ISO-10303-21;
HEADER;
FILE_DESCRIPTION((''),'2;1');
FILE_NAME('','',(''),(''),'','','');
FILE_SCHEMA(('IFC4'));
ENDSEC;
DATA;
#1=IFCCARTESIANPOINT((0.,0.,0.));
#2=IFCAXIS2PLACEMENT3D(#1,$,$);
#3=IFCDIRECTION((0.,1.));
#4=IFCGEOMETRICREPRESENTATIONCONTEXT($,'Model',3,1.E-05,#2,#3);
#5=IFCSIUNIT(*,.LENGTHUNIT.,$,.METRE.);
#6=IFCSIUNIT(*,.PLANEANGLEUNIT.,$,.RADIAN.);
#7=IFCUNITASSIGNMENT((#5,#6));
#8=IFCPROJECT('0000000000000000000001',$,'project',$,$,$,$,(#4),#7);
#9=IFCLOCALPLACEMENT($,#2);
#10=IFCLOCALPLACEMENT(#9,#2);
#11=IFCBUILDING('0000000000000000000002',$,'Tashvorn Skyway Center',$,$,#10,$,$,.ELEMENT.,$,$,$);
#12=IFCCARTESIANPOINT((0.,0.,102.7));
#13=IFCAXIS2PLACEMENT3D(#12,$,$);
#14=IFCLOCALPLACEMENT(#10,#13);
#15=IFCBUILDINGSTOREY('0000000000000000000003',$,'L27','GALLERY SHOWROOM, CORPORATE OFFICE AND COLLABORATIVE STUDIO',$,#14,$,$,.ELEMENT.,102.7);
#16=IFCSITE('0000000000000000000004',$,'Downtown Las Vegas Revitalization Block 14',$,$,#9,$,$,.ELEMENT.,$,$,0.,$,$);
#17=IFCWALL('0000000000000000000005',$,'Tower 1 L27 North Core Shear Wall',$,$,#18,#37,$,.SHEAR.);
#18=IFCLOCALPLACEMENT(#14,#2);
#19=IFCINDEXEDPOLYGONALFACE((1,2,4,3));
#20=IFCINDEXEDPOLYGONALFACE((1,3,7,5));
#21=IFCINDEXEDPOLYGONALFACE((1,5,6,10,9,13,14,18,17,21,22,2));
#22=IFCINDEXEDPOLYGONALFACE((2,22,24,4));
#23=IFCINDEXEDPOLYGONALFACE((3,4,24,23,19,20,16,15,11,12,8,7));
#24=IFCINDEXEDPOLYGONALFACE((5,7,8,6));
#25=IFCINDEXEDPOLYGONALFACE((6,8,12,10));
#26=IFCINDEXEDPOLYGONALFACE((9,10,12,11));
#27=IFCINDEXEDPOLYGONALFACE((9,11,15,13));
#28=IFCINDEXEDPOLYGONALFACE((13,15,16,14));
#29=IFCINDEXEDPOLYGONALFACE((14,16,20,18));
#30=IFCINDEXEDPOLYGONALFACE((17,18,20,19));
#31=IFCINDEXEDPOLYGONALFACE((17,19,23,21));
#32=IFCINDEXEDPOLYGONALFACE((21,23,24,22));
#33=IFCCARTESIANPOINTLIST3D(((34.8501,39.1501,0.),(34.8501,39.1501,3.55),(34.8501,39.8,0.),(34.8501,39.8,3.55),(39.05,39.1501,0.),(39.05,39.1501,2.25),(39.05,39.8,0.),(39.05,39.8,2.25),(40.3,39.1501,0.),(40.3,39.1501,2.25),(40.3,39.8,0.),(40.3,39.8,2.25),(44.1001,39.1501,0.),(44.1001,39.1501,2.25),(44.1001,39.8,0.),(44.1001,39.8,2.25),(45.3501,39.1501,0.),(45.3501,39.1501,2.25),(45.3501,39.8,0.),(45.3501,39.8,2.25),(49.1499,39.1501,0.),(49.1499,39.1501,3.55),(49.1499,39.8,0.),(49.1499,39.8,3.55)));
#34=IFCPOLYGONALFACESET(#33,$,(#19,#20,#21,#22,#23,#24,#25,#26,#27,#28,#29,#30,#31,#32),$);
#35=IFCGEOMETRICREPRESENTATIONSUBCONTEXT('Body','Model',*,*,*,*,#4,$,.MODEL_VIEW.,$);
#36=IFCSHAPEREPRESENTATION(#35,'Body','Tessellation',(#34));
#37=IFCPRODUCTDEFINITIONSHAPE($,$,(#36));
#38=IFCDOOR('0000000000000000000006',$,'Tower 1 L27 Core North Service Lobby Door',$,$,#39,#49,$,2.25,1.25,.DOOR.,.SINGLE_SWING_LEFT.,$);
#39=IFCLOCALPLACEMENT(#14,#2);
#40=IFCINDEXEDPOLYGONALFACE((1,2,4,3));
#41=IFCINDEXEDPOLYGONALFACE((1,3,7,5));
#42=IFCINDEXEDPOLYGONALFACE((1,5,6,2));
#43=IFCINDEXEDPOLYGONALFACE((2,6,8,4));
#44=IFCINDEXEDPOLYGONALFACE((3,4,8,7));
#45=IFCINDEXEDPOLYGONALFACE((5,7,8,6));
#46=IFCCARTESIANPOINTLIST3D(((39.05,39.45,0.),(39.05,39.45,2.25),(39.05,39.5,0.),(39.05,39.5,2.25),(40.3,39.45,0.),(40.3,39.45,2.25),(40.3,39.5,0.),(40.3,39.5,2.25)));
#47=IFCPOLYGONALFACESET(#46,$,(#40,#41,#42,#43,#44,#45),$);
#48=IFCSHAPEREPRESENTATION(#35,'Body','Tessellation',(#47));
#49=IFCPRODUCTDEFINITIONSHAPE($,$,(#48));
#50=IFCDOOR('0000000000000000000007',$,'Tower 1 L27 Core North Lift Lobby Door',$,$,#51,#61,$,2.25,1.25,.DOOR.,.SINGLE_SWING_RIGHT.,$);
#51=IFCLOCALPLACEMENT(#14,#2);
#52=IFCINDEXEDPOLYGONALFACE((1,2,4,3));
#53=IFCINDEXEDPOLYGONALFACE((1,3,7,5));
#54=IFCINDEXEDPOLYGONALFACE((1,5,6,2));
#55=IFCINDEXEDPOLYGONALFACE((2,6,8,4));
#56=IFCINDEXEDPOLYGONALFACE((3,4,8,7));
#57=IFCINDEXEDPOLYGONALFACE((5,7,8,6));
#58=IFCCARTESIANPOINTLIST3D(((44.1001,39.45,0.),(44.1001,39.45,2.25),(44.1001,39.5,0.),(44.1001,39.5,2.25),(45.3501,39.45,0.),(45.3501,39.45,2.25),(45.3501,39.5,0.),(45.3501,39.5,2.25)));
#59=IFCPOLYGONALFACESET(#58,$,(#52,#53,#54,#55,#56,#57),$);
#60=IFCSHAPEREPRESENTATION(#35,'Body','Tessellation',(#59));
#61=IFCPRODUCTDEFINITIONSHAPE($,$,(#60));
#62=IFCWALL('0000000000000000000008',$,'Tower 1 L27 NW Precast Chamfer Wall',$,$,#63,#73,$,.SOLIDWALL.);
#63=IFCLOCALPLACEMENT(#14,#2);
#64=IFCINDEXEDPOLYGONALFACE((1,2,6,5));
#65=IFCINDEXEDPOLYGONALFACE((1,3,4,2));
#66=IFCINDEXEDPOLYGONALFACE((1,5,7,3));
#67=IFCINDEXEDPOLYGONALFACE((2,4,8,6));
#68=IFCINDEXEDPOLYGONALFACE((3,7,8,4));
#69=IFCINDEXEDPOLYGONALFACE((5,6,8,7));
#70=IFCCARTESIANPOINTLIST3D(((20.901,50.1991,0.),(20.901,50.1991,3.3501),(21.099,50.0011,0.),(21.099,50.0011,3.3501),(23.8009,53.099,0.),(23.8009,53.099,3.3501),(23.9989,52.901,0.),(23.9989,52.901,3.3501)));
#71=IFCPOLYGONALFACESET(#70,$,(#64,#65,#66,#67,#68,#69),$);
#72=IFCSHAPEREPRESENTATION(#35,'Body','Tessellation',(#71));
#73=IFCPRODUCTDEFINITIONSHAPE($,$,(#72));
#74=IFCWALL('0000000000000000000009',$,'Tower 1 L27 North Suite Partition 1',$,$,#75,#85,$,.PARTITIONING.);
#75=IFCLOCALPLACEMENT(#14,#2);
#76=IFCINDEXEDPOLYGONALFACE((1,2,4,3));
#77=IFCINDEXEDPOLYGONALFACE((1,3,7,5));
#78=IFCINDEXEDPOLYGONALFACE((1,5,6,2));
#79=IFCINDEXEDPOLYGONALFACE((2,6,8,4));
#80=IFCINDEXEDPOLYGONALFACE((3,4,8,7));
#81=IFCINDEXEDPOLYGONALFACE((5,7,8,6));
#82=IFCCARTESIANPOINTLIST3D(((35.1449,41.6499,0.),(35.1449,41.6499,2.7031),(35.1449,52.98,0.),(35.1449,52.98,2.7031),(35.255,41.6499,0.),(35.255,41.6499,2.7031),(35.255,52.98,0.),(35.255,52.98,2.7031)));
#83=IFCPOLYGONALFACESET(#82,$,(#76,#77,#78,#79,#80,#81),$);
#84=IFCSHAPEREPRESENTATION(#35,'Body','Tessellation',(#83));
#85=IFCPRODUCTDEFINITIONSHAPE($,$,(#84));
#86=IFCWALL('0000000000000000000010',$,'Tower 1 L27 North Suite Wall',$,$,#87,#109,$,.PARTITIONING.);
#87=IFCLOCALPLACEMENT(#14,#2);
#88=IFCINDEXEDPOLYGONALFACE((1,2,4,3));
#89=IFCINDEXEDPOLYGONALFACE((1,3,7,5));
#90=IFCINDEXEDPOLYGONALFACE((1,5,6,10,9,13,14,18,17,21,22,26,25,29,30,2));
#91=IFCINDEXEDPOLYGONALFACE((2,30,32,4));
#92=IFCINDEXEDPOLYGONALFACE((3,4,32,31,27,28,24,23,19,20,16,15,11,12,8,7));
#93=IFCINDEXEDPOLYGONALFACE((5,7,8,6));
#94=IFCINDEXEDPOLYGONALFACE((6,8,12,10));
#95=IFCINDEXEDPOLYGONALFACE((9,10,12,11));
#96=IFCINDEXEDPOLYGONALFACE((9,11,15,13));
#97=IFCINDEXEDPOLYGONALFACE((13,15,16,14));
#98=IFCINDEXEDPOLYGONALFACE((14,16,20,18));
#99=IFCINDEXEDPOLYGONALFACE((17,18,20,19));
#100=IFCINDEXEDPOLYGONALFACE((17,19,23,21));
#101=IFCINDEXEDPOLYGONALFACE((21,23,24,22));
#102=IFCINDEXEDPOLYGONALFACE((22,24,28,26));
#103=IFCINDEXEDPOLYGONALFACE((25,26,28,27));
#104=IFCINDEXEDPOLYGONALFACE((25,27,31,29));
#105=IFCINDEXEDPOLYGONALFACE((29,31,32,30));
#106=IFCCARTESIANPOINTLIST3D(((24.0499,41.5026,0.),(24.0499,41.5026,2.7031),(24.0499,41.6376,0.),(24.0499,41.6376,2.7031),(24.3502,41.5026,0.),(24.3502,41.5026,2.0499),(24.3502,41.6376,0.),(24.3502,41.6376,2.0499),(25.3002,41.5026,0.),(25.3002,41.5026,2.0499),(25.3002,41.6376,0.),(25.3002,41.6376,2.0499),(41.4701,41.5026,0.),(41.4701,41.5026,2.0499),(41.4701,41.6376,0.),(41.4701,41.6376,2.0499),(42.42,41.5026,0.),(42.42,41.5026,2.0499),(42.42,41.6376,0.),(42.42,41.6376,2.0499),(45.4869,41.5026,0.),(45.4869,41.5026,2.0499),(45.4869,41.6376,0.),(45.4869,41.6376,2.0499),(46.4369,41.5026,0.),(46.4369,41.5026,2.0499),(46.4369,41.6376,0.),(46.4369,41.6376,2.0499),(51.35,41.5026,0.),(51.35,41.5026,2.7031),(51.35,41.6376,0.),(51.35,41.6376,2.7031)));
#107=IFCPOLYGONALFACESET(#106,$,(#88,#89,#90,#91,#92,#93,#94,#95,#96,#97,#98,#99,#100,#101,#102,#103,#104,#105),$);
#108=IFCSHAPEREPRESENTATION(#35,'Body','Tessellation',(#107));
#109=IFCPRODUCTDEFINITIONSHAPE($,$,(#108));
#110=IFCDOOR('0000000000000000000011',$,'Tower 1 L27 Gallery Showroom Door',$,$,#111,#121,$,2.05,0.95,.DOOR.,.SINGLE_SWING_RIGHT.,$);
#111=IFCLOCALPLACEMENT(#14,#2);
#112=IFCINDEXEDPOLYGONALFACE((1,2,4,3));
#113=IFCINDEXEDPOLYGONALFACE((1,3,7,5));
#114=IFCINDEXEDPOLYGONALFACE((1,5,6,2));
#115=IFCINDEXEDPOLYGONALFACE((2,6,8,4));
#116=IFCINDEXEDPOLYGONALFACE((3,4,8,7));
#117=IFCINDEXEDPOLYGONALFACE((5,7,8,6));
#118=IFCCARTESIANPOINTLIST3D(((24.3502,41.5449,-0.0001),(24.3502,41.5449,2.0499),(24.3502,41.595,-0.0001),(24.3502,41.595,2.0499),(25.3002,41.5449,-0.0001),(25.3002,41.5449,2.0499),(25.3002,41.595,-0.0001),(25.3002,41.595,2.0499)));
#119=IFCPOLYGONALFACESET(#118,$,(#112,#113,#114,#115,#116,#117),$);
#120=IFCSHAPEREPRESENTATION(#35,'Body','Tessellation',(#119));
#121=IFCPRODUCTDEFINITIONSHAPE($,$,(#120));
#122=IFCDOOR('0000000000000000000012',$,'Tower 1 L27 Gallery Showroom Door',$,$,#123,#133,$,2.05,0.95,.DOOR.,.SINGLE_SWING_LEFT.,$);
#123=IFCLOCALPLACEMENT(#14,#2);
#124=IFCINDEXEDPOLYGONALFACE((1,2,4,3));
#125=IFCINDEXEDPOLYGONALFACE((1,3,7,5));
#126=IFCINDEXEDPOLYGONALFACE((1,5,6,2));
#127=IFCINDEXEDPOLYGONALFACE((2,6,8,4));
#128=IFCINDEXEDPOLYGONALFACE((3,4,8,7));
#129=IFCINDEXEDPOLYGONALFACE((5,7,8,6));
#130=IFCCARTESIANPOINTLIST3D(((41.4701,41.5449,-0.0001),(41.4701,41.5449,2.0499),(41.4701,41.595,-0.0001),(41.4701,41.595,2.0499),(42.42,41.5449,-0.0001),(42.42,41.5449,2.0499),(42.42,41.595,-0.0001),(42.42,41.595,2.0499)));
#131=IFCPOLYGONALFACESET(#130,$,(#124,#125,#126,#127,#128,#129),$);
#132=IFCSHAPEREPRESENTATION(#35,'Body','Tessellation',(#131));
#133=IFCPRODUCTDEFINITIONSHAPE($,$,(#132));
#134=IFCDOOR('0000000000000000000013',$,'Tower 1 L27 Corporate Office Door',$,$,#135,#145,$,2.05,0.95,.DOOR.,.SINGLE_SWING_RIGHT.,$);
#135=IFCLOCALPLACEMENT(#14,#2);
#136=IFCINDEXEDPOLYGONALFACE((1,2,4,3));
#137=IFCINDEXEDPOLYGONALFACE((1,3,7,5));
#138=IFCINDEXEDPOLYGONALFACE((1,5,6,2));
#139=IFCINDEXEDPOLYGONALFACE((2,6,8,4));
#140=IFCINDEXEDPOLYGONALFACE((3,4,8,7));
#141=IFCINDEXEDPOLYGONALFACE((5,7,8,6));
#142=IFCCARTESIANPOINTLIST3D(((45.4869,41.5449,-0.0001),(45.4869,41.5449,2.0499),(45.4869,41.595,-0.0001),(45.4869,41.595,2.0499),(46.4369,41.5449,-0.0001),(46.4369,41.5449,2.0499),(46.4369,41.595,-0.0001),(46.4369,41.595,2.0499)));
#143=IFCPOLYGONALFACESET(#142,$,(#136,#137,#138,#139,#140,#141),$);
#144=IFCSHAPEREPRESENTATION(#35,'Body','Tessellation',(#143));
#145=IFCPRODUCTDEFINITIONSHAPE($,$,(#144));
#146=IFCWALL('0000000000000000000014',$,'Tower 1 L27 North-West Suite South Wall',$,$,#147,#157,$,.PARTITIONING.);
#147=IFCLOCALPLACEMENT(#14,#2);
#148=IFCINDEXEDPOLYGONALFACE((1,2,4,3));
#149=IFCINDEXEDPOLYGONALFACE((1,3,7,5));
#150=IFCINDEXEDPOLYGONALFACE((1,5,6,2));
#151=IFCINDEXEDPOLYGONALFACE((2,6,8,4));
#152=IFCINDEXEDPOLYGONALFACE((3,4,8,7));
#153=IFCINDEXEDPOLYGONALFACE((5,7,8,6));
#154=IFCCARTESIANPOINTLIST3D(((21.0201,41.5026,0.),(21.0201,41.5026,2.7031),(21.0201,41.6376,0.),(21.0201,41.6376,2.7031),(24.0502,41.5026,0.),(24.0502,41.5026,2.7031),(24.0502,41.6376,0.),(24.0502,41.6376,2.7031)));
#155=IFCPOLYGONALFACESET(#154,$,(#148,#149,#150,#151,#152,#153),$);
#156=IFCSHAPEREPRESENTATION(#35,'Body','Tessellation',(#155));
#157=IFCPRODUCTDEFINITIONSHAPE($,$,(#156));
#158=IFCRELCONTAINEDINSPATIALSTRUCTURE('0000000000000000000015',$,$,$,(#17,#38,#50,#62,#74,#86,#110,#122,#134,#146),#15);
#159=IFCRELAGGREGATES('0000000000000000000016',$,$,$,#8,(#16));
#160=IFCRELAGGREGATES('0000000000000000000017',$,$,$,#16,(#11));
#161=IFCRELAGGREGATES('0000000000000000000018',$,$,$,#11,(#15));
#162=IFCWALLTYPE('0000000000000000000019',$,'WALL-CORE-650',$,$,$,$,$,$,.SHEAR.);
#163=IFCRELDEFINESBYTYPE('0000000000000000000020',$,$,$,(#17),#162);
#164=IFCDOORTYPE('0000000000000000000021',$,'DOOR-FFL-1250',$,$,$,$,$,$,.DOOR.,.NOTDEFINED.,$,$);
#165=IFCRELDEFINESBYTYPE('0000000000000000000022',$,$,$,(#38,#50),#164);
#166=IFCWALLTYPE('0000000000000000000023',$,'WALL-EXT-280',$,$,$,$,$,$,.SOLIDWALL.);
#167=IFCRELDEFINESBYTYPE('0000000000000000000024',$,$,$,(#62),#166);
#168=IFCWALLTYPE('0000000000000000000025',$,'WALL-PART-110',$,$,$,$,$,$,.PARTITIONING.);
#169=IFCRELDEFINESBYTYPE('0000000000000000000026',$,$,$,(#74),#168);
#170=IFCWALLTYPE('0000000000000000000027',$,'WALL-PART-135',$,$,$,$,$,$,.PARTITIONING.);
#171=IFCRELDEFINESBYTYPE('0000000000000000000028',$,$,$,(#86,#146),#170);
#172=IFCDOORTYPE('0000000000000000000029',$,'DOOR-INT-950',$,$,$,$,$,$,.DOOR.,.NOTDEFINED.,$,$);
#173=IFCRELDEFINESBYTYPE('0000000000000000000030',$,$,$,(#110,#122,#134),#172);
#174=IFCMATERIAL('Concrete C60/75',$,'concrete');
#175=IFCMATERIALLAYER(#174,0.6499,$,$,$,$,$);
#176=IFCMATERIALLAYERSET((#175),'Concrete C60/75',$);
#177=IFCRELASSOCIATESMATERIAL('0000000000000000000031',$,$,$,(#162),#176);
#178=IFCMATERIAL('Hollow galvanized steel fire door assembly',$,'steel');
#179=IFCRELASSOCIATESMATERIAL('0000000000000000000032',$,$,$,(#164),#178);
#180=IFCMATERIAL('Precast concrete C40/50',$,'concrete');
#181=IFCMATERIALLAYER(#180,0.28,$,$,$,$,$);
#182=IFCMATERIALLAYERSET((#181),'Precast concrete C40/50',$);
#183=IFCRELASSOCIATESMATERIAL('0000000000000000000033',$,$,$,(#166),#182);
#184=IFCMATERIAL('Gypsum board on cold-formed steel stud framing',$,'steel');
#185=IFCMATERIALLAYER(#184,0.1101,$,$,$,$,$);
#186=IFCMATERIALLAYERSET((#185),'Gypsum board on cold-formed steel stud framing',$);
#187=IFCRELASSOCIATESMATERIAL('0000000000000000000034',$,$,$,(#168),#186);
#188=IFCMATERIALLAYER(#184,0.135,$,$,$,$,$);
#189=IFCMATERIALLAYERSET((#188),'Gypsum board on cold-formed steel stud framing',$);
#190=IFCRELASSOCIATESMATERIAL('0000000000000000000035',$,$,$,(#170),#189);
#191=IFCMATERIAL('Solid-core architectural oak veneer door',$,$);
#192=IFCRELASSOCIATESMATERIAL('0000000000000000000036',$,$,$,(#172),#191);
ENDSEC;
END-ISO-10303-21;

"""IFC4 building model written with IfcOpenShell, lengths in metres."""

from ifc_helpers import new_model, si_unit, direction, frame, frame_2d, origin, place, context, subcontext, project, spatial, rectangle, extrude, material, layer, layer_set, type_object, element, fill, save


model = new_model("IFC4")

# Units and contexts
model_context = context("Model", 3, precision=1e-05, world=origin(), true_north=direction((0.0, 1.0)))
body_context = subcontext(model_context, "Body", "Model", "MODEL_VIEW")
ifc_project = project(units=[si_unit("LENGTHUNIT", "METRE"), si_unit("PLANEANGLEUNIT", "RADIAN")], contexts=[model_context])

# Site, building, storey
site_placement = place(None, origin())
site = spatial("IfcSite", under=ifc_project, at=site_placement, Name="Downtown Las Vegas Revitalization Block 14", CompositionType="ELEMENT", RefElevation=0.0)
building_placement = place(site_placement, origin())
building = spatial("IfcBuilding", under=site, at=building_placement, Name="Tashvorn Skyway Center", CompositionType="ELEMENT")
storey_placement = place(building_placement, frame((0.0, 0.0, 102.7)))
storey = spatial("IfcBuildingStorey", under=building, at=storey_placement, Name="L27", Description="GALLERY SHOWROOM, CORPORATE OFFICE AND COLLABORATIVE STUDIO", CompositionType="ELEMENT", Elevation=102.7)

# Wall, openings, doors
ifc_material_1 = material(Name="Concrete C60/75", Category="concrete")
ifc_layer_1 = layer(ifc_material_1, 0.6499)
ifc_layer_set_1 = layer_set([ifc_layer_1], Name="Concrete C60/75")
wall_type_1 = type_object("IfcWallType", Name="WALL-CORE-650", PredefinedType="SHEAR", material=ifc_layer_set_1)
wall_1_placement = place(storey_placement, frame((34.8501, 39.4751, 0.0), z_axis=(0.0, 0.0, 1.0), x_axis=(1.0, 0.0, 0.0)))
wall_1 = element("IfcWall", 1, at=wall_1_placement, inside=storey, type_object=wall_type_1, Name="Tower 1 L27 North Core Shear Wall", PredefinedType="SHEAR", context=body_context, shape_type="SweptSolid", body=[
    extrude(rectangle(XDim=14.2998, YDim=0.6499, at=frame_2d((7.1499, 0.0))), origin(), (0.0, 0.0, 1.0), 3.55),
])
opening_1_placement = place(wall_1_placement, frame((4.2, 0.0, 0.0)))
opening_1 = element("IfcOpeningElement", 2, at=opening_1_placement, cuts=wall_1, PredefinedType="OPENING", context=body_context, shape_type="SweptSolid", body=[
    extrude(rectangle(XDim=1.25, YDim=2.25, at=frame_2d((0.625, 1.125))), frame((0.0, 0.335, 0.0), z_axis=(0.0, -1.0, 0.0), x_axis=(1.0, 0.0, 0.0)), (0.0, 0.0, 1.0), 0.6699),
])
opening_2_placement = place(wall_1_placement, frame((9.25, 0.0, 0.0)))
opening_2 = element("IfcOpeningElement", 3, at=opening_2_placement, cuts=wall_1, PredefinedType="OPENING", context=body_context, shape_type="SweptSolid", body=[
    extrude(rectangle(XDim=1.25, YDim=2.25, at=frame_2d((0.625, 1.125))), frame((0.0, 0.335, 0.0), z_axis=(0.0, -1.0, 0.0), x_axis=(1.0, 0.0, 0.0)), (0.0, 0.0, 1.0), 0.6699),
])
ifc_material_2 = material(Name="Hollow galvanized steel fire door assembly", Category="steel")
door_type_1 = type_object("IfcDoorType", Name="DOOR-FFL-1250", OperationType="NOTDEFINED", PredefinedType="DOOR", material=ifc_material_2)
door_1_placement = place(opening_1_placement, origin())
door_1 = element("IfcDoor", 4, at=door_1_placement, inside=storey, type_object=door_type_1, Name="Tower 1 L27 Core North Service Lobby Door", OperationType="SINGLE_SWING_LEFT", OverallHeight=2.25, OverallWidth=1.25, PredefinedType="DOOR", context=body_context, shape_type="SweptSolid", body=[
    extrude(rectangle(XDim=1.25, YDim=2.25, at=frame_2d((0.625, 1.125))), frame((0.0, 0.0249, 0.0), z_axis=(0.0, -1.0, 0.0), x_axis=(1.0, 0.0, 0.0)), (0.0, 0.0, 1.0), 0.05),
])
fill(opening_1, door_1)
door_2_placement = place(opening_2_placement, origin())
door_2 = element("IfcDoor", 5, at=door_2_placement, inside=storey, type_object=door_type_1, Name="Tower 1 L27 Core North Lift Lobby Door", OperationType="SINGLE_SWING_RIGHT", OverallHeight=2.25, OverallWidth=1.25, PredefinedType="DOOR", context=body_context, shape_type="SweptSolid", body=[
    extrude(rectangle(XDim=1.25, YDim=2.25, at=frame_2d((0.625, 1.125))), frame((0.0, 0.0249, 0.0), z_axis=(0.0, -1.0, 0.0), x_axis=(1.0, 0.0, 0.0)), (0.0, 0.0, 1.0), 0.05),
])
fill(opening_2, door_2)

# Walls
ifc_material_3 = material(Name="Precast concrete C40/50", Category="concrete")
ifc_layer_2 = layer(ifc_material_3, 0.28)
ifc_layer_set_2 = layer_set([ifc_layer_2], Name="Precast concrete C40/50")
wall_type_2 = type_object("IfcWallType", Name="WALL-EXT-280", PredefinedType="SOLIDWALL", material=ifc_layer_set_2)
wall_2_placement = place(storey_placement, frame((21.0, 50.1001, 0.0), z_axis=(0.0, 0.0, 1.0), x_axis=(0.707107, 0.707107, 0.0)))
element("IfcWall", 6, at=wall_2_placement, inside=storey, type_object=wall_type_2, Name="Tower 1 L27 NW Precast Chamfer Wall", PredefinedType="SOLIDWALL", context=body_context, shape_type="SweptSolid", body=[
    extrude(rectangle(XDim=4.1011, YDim=0.28, at=frame_2d((2.0505, 0.0))), origin(), (0.0, 0.0, 1.0), 3.3501),
])
ifc_material_4 = material(Name="Gypsum board on cold-formed steel stud framing", Category="steel")
ifc_layer_3 = layer(ifc_material_4, 0.1101)
ifc_layer_set_3 = layer_set([ifc_layer_3], Name="Gypsum board on cold-formed steel stud framing")
wall_type_3 = type_object("IfcWallType", Name="WALL-PART-110", PredefinedType="PARTITIONING", material=ifc_layer_set_3)
wall_3_placement = place(storey_placement, frame((35.2, 41.6499, 0.0), z_axis=(0.0, 0.0, 1.0), x_axis=(0.0, 1.0, 0.0)))
element("IfcWall", 7, at=wall_3_placement, inside=storey, type_object=wall_type_3, Name="Tower 1 L27 North Suite Partition 1", PredefinedType="PARTITIONING", context=body_context, shape_type="SweptSolid", body=[
    extrude(rectangle(XDim=11.3301, YDim=0.1101, at=frame_2d((5.665, 0.0))), origin(), (0.0, 0.0, 1.0), 2.7031),
])

# Wall, openings, doors
ifc_layer_4 = layer(ifc_material_4, 0.135)
ifc_layer_set_4 = layer_set([ifc_layer_4], Name="Gypsum board on cold-formed steel stud framing")
wall_type_4 = type_object("IfcWallType", Name="WALL-PART-135", PredefinedType="PARTITIONING", material=ifc_layer_set_4)
wall_4_placement = place(storey_placement, frame((24.05, 41.5701, 0.0), z_axis=(0.0, 0.0, 1.0), x_axis=(1.0, 0.0, 0.0)))
wall_4 = element("IfcWall", 8, at=wall_4_placement, inside=storey, type_object=wall_type_4, Name="Tower 1 L27 North Suite Wall", PredefinedType="PARTITIONING", context=body_context, shape_type="SweptSolid", body=[
    extrude(rectangle(XDim=27.3, YDim=0.135, at=frame_2d((13.6499, 0.0))), origin(), (0.0, 0.0, 1.0), 2.7031),
])
opening_3_placement = place(wall_4_placement, frame((0.3, 0.0, 0.0)))
opening_3 = element("IfcOpeningElement", 9, at=opening_3_placement, cuts=wall_4, PredefinedType="OPENING", context=body_context, shape_type="SweptSolid", body=[
    extrude(rectangle(XDim=0.95, YDim=2.05, at=frame_2d((0.4751, 1.0249))), frame((0.0, 0.0774, 0.0), z_axis=(0.0, -1.0, 0.0), x_axis=(1.0, 0.0, 0.0)), (0.0, 0.0, 1.0), 0.155),
])
opening_4_placement = place(wall_4_placement, frame((17.4199, 0.0, 0.0)))
opening_4 = element("IfcOpeningElement", 10, at=opening_4_placement, cuts=wall_4, PredefinedType="OPENING", context=body_context, shape_type="SweptSolid", body=[
    extrude(rectangle(XDim=0.95, YDim=2.05, at=frame_2d((0.4751, 1.0249))), frame((0.0, 0.0774, 0.0), z_axis=(0.0, -1.0, 0.0), x_axis=(1.0, 0.0, 0.0)), (0.0, 0.0, 1.0), 0.155),
])
opening_5_placement = place(wall_4_placement, frame((21.4368, 0.0, 0.0)))
opening_5 = element("IfcOpeningElement", 11, at=opening_5_placement, cuts=wall_4, PredefinedType="OPENING", context=body_context, shape_type="SweptSolid", body=[
    extrude(rectangle(XDim=0.95, YDim=2.05, at=frame_2d((0.4751, 1.0249))), frame((0.0, 0.0774, 0.0), z_axis=(0.0, -1.0, 0.0), x_axis=(1.0, 0.0, 0.0)), (0.0, 0.0, 1.0), 0.155),
])
ifc_material_5 = material(Name="Solid-core architectural oak veneer door")
door_type_2 = type_object("IfcDoorType", Name="DOOR-INT-950", OperationType="NOTDEFINED", PredefinedType="DOOR", material=ifc_material_5)
door_3_placement = place(opening_3_placement, origin())
door_3 = element("IfcDoor", 12, at=door_3_placement, inside=storey, type_object=door_type_2, Name="Tower 1 L27 Gallery Showroom Door", OperationType="SINGLE_SWING_RIGHT", OverallHeight=2.05, OverallWidth=0.95, PredefinedType="DOOR", context=body_context, shape_type="SweptSolid", body=[
    extrude(rectangle(XDim=0.95, YDim=2.05, at=frame_2d((0.4751, 1.0249))), frame((0.0, 0.0249, 0.0), z_axis=(0.0, -1.0, 0.0), x_axis=(1.0, 0.0, 0.0)), (0.0, 0.0, 1.0), 0.05),
])
fill(opening_3, door_3)
door_4_placement = place(opening_4_placement, origin())
door_4 = element("IfcDoor", 13, at=door_4_placement, inside=storey, type_object=door_type_2, Name="Tower 1 L27 Gallery Showroom Door", OperationType="SINGLE_SWING_LEFT", OverallHeight=2.05, OverallWidth=0.95, PredefinedType="DOOR", context=body_context, shape_type="SweptSolid", body=[
    extrude(rectangle(XDim=0.95, YDim=2.05, at=frame_2d((0.4751, 1.0249))), frame((0.0, 0.0249, 0.0), z_axis=(0.0, -1.0, 0.0), x_axis=(1.0, 0.0, 0.0)), (0.0, 0.0, 1.0), 0.05),
])
fill(opening_4, door_4)
door_5_placement = place(opening_5_placement, origin())
door_5 = element("IfcDoor", 14, at=door_5_placement, inside=storey, type_object=door_type_2, Name="Tower 1 L27 Corporate Office Door", OperationType="SINGLE_SWING_RIGHT", OverallHeight=2.05, OverallWidth=0.95, PredefinedType="DOOR", context=body_context, shape_type="SweptSolid", body=[
    extrude(rectangle(XDim=0.95, YDim=2.05, at=frame_2d((0.4751, 1.0249))), frame((0.0, 0.0249, 0.0), z_axis=(0.0, -1.0, 0.0), x_axis=(1.0, 0.0, 0.0)), (0.0, 0.0, 1.0), 0.05),
])
fill(opening_5, door_5)

# Wall
wall_5_placement = place(storey_placement, frame((21.02, 41.5701, 0.0), z_axis=(0.0, 0.0, 1.0), x_axis=(1.0, 0.0, 0.0)))
element("IfcWall", 15, at=wall_5_placement, inside=storey, type_object=wall_type_4, Name="Tower 1 L27 North-West Suite South Wall", PredefinedType="PARTITIONING", context=body_context, shape_type="SweptSolid", body=[
    extrude(rectangle(XDim=3.03, YDim=0.135, at=frame_2d((1.5151, 0.0))), origin(), (0.0, 0.0, 1.0), 2.7031),
])

save(model, "model.ifc")
